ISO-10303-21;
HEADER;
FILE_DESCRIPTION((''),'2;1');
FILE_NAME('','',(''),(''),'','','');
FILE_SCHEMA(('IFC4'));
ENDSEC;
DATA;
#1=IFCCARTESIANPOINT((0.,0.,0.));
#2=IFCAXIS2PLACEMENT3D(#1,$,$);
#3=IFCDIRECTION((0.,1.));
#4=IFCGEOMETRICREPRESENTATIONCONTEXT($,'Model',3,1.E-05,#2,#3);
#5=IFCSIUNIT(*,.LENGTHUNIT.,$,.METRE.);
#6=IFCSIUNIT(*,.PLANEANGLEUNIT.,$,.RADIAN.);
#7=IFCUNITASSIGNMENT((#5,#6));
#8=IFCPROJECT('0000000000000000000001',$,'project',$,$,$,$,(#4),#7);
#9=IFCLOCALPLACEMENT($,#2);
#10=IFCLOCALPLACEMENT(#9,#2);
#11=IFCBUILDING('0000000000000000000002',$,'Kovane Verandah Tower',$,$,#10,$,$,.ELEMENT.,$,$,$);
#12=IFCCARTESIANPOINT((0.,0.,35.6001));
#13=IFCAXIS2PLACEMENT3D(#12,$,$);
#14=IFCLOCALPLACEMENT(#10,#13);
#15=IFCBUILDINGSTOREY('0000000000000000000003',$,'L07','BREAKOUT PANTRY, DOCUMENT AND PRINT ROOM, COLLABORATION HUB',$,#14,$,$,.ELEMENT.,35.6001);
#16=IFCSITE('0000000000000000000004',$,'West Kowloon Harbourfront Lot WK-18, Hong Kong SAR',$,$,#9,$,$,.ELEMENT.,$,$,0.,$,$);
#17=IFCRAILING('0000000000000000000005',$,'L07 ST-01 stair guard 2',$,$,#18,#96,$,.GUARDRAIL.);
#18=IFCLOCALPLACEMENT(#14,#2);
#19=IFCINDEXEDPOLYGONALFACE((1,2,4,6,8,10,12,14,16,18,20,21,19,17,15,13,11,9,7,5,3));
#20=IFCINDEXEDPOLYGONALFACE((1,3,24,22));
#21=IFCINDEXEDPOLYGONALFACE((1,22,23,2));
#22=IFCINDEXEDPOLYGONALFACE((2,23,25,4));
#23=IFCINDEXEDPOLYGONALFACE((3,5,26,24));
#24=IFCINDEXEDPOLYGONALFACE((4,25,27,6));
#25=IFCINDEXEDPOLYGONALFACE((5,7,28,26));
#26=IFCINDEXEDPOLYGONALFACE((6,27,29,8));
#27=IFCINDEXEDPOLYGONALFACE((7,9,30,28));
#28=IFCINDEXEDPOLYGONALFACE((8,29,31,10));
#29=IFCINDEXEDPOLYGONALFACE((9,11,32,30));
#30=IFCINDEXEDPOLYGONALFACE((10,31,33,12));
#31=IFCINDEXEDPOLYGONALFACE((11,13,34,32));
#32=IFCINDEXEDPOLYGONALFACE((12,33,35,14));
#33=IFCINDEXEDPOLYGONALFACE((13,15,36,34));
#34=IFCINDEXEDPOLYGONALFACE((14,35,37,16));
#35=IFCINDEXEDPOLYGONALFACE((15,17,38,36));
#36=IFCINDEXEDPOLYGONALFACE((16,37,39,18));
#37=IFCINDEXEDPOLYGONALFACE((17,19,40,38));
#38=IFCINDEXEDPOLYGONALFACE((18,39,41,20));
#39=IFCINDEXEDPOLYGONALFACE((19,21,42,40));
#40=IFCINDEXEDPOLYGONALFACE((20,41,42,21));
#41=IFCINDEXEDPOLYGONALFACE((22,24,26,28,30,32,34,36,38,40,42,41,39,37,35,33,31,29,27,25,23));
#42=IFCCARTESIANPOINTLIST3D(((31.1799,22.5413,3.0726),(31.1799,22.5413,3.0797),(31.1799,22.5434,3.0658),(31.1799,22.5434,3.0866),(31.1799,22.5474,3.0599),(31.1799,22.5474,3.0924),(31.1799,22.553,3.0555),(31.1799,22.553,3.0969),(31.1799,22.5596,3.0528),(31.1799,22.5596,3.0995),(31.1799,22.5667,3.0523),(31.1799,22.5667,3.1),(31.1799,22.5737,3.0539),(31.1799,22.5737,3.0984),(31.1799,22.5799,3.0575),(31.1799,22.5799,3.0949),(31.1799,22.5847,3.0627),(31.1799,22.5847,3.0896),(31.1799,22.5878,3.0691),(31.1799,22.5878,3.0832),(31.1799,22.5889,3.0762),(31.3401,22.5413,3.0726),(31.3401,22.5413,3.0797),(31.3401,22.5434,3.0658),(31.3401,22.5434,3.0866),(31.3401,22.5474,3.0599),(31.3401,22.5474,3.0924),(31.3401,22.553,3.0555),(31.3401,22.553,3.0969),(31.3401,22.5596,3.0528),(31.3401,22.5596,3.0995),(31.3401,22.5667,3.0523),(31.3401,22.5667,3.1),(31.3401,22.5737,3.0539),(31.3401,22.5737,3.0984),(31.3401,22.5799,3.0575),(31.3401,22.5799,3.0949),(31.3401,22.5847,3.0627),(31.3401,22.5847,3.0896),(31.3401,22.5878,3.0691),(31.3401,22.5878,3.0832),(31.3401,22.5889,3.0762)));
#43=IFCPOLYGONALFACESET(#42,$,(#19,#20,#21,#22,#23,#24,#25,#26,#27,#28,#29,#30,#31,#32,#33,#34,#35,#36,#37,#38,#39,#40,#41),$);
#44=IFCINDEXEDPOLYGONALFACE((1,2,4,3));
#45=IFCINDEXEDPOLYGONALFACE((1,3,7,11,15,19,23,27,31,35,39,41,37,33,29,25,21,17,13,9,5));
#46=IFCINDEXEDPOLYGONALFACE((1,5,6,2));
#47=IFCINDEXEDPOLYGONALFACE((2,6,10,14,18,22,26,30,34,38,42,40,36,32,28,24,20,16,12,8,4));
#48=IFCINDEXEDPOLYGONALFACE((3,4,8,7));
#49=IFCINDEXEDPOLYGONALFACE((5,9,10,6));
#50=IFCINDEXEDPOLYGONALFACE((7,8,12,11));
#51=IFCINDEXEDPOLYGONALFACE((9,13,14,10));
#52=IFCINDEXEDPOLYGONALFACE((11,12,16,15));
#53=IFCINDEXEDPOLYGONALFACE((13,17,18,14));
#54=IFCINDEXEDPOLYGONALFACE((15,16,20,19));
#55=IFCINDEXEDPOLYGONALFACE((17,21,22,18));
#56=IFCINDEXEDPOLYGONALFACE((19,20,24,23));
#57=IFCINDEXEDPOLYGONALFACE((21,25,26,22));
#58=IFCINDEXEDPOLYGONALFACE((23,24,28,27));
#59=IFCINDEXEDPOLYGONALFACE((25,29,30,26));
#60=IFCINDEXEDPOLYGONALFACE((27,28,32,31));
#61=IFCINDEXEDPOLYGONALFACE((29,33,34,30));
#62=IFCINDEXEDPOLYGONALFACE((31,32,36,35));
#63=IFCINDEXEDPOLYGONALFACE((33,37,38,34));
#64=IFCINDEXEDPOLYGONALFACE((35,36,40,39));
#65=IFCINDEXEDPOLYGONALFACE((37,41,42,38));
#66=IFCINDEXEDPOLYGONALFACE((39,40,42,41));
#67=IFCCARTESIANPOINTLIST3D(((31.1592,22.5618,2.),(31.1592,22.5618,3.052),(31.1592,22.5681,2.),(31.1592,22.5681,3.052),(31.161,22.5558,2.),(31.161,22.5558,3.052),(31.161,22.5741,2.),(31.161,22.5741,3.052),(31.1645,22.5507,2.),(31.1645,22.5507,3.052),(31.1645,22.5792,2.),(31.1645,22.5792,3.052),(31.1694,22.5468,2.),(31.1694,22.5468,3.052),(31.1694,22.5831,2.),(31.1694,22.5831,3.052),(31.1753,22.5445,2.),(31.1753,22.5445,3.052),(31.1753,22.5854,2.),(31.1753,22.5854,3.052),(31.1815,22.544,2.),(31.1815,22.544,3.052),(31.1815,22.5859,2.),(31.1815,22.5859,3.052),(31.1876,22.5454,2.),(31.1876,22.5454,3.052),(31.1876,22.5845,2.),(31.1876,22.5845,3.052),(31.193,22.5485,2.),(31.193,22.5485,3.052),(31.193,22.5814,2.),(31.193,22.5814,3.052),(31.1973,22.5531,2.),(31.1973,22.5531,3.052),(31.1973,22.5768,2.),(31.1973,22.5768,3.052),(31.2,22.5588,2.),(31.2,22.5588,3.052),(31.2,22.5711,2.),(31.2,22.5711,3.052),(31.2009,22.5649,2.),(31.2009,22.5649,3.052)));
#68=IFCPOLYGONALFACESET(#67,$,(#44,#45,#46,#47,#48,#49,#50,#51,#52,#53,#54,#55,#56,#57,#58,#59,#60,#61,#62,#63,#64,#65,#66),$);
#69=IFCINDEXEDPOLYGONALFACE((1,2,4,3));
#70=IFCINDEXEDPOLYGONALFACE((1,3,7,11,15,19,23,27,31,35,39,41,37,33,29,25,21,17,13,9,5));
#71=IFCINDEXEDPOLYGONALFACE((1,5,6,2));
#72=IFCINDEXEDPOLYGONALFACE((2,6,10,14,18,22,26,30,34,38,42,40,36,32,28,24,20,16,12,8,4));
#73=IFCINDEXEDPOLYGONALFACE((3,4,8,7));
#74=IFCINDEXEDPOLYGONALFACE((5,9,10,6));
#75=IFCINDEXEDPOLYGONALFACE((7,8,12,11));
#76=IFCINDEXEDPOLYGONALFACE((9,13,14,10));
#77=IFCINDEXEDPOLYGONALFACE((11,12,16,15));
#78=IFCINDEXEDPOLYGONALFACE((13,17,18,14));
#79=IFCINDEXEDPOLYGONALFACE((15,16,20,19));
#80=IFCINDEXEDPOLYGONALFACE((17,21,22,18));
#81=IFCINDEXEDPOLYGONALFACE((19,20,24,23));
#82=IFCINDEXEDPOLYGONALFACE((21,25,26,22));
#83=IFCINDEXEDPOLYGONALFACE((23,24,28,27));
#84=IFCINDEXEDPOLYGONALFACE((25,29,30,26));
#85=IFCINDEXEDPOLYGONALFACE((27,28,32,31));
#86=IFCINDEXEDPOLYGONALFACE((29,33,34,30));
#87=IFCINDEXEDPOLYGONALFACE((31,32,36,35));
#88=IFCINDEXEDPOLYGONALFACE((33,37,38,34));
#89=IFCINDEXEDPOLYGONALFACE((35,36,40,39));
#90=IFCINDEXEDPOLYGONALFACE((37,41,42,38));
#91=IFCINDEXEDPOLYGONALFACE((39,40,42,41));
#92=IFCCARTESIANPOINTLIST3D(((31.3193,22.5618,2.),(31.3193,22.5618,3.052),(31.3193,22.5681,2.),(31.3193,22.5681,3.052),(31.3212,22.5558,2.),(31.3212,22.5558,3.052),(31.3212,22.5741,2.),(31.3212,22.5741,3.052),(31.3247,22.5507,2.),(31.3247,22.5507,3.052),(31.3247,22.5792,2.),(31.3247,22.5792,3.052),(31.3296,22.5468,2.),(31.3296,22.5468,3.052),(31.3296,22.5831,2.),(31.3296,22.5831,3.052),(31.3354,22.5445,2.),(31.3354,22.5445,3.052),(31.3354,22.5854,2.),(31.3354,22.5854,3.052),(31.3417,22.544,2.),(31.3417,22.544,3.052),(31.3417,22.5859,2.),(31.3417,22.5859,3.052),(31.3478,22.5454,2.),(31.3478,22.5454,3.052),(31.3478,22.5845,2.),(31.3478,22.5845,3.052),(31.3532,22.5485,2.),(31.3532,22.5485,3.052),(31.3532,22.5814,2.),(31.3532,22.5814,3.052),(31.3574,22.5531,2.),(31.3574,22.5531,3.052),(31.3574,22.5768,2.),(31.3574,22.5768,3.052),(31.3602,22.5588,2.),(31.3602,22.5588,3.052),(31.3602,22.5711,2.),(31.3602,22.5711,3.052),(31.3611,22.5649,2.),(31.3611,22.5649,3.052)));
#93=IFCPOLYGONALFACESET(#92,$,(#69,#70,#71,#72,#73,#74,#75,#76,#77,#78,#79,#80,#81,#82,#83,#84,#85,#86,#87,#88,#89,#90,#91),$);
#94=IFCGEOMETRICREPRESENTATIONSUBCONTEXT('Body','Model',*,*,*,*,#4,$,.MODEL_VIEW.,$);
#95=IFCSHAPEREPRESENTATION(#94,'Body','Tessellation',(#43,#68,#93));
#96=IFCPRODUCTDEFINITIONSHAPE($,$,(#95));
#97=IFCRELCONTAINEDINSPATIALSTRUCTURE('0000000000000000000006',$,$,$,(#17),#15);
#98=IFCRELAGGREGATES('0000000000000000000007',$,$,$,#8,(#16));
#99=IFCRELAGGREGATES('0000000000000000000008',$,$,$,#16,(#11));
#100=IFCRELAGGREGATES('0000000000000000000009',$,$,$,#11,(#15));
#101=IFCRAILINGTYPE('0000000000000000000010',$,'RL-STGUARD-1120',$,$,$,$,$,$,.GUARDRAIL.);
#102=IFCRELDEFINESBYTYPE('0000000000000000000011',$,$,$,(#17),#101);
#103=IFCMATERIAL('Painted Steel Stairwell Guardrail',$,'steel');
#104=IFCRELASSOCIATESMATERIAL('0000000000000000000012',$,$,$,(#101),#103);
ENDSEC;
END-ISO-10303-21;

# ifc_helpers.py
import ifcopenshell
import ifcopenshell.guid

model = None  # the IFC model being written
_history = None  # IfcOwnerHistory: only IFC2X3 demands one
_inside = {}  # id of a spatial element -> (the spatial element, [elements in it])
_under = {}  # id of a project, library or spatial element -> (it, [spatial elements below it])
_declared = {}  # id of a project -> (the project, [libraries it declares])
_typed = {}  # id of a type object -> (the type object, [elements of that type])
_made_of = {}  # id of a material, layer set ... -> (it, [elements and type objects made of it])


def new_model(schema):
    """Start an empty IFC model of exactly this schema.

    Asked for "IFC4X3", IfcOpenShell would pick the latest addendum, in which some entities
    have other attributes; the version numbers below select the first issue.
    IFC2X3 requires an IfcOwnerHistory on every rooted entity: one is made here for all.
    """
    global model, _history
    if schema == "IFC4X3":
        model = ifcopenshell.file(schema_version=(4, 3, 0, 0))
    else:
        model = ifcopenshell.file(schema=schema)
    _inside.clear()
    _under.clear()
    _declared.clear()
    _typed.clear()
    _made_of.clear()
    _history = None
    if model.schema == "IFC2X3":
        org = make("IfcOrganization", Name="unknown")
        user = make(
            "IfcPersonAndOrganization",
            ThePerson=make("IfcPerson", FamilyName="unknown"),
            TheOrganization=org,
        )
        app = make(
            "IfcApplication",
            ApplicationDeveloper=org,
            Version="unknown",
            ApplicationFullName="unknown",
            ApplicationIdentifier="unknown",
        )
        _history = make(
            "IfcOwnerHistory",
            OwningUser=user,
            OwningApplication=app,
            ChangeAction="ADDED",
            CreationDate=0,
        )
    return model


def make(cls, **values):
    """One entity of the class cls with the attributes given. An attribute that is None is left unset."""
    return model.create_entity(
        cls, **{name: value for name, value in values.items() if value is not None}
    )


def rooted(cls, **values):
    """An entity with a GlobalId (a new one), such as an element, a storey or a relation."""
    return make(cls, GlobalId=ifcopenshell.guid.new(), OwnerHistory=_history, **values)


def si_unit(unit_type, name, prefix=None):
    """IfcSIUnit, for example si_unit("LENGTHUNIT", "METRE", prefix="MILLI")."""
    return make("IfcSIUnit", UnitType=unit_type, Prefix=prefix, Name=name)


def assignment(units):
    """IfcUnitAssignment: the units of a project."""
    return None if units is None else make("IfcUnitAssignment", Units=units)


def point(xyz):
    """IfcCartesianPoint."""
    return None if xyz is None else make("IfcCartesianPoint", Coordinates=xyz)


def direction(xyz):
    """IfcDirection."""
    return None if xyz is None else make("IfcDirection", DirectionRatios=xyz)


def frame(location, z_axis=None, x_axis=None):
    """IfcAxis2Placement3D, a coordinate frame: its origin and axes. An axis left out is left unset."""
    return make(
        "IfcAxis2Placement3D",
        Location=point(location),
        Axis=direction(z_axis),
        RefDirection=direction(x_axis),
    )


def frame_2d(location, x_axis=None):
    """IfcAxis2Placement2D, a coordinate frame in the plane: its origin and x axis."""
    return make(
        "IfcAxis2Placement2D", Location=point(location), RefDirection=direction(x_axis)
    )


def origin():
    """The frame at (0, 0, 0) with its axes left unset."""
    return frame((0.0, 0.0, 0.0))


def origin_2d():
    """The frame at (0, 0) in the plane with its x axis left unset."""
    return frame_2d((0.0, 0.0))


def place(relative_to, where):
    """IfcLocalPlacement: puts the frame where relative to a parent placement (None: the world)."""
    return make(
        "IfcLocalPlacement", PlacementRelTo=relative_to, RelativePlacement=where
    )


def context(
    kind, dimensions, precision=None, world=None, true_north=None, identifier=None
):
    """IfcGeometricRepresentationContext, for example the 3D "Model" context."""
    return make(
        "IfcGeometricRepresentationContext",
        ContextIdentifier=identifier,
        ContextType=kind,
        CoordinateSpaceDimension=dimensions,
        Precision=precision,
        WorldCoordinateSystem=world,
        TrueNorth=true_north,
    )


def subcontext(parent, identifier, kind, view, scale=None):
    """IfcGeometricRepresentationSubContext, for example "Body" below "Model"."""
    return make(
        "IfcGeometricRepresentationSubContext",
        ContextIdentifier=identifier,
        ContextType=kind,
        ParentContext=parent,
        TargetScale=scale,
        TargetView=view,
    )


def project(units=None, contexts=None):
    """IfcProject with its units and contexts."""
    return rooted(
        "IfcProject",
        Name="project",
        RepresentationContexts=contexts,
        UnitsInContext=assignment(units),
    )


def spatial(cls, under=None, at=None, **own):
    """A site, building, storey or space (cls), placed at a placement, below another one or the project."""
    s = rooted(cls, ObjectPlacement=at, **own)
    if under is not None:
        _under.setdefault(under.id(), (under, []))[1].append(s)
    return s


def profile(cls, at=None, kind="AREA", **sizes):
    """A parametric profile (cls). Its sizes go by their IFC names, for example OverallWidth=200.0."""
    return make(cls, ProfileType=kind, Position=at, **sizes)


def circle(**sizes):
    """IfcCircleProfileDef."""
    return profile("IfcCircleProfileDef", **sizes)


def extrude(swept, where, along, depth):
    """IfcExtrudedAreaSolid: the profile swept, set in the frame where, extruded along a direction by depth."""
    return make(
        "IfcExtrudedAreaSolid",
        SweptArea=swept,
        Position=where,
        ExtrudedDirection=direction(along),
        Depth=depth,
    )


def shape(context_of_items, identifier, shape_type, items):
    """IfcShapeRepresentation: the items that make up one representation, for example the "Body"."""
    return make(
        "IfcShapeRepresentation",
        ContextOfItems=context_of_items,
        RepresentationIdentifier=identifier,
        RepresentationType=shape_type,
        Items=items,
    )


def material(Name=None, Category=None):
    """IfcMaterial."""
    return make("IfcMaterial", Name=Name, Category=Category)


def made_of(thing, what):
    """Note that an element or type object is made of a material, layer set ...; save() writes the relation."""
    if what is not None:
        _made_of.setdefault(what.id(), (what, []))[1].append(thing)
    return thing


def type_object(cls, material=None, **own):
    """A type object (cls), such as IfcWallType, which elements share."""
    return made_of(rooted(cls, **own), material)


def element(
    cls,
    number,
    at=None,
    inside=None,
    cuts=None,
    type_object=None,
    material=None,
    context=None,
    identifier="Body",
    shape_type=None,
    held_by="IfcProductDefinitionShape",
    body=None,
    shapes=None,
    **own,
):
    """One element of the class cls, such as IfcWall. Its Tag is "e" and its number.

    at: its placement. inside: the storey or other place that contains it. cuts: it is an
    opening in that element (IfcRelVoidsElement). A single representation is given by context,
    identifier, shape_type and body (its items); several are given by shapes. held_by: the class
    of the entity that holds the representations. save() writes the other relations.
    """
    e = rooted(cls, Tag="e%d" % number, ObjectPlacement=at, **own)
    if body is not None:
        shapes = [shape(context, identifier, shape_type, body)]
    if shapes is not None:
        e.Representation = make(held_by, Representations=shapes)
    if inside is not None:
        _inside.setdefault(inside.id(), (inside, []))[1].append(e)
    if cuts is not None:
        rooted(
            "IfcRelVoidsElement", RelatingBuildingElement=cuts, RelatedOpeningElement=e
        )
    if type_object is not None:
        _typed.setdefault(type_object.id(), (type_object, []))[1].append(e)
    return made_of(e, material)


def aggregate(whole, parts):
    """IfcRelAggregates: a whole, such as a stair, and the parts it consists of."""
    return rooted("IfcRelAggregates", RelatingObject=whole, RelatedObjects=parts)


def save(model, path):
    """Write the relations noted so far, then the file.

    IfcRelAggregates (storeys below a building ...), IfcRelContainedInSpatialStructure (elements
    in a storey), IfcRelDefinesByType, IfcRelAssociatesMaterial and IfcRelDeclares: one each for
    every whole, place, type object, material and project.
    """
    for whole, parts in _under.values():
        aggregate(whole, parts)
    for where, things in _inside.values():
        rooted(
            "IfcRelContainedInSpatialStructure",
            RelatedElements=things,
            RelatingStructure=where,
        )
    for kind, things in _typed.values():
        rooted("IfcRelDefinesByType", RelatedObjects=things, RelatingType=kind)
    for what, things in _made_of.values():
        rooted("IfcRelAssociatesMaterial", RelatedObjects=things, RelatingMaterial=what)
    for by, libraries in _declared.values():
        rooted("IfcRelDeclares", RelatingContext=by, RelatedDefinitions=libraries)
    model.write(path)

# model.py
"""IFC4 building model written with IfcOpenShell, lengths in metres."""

from ifc_helpers import new_model, si_unit, direction, frame, origin, origin_2d, place, context, subcontext, project, spatial, circle, extrude, material, type_object, element, save


model = new_model("IFC4")

# Units and contexts
model_context = context("Model", 3, precision=1e-05, world=origin(), true_north=direction((0.0, 1.0)))
body_context = subcontext(model_context, "Body", "Model", "MODEL_VIEW")
ifc_project = project(units=[si_unit("LENGTHUNIT", "METRE"), si_unit("PLANEANGLEUNIT", "RADIAN")], contexts=[model_context])

# Site, building, storey
site_placement = place(None, origin())
site = spatial("IfcSite", under=ifc_project, at=site_placement, Name="West Kowloon Harbourfront Lot WK-18, Hong Kong SAR", CompositionType="ELEMENT", RefElevation=0.0)
building_placement = place(site_placement, origin())
building = spatial("IfcBuilding", under=site, at=building_placement, Name="Kovane Verandah Tower", CompositionType="ELEMENT")
storey_placement = place(building_placement, frame((0.0, 0.0, 35.6001)))
storey = spatial("IfcBuildingStorey", under=building, at=storey_placement, Name="L07", Description="BREAKOUT PANTRY, DOCUMENT AND PRINT ROOM, COLLABORATION HUB", CompositionType="ELEMENT", Elevation=35.6001)

# Railing
ifc_material_1 = material(Name="Painted Steel Stairwell Guardrail", Category="steel")
railing_type_1 = type_object("IfcRailingType", Name="RL-STGUARD-1120", PredefinedType="GUARDRAIL", material=ifc_material_1)
railing_1_placement = place(storey_placement, frame((31.1799, 22.5649, 2.0)))
element("IfcRailing", 1, at=railing_1_placement, inside=storey, type_object=railing_type_1, Name="L07 ST-01 stair guard 2", PredefinedType="GUARDRAIL", context=body_context, shape_type="SweptSolid", body=[
    extrude(circle(Radius=0.0239, at=origin_2d()), frame((0.0, 0.0, 1.0762), z_axis=(1.0, 0.0, 0.0), x_axis=(0.0, 1.0, 0.0)), (0.0, 0.0, 1.0), 0.1602),
    extrude(circle(Radius=0.021, at=origin_2d()), origin(), (0.0, 0.0, 1.0), 1.052),
    extrude(circle(Radius=0.021, at=origin_2d()), frame((0.1602, 0.0, 0.0)), (0.0, 0.0, 1.0), 1.052),
])

save(model, "model.ifc")
